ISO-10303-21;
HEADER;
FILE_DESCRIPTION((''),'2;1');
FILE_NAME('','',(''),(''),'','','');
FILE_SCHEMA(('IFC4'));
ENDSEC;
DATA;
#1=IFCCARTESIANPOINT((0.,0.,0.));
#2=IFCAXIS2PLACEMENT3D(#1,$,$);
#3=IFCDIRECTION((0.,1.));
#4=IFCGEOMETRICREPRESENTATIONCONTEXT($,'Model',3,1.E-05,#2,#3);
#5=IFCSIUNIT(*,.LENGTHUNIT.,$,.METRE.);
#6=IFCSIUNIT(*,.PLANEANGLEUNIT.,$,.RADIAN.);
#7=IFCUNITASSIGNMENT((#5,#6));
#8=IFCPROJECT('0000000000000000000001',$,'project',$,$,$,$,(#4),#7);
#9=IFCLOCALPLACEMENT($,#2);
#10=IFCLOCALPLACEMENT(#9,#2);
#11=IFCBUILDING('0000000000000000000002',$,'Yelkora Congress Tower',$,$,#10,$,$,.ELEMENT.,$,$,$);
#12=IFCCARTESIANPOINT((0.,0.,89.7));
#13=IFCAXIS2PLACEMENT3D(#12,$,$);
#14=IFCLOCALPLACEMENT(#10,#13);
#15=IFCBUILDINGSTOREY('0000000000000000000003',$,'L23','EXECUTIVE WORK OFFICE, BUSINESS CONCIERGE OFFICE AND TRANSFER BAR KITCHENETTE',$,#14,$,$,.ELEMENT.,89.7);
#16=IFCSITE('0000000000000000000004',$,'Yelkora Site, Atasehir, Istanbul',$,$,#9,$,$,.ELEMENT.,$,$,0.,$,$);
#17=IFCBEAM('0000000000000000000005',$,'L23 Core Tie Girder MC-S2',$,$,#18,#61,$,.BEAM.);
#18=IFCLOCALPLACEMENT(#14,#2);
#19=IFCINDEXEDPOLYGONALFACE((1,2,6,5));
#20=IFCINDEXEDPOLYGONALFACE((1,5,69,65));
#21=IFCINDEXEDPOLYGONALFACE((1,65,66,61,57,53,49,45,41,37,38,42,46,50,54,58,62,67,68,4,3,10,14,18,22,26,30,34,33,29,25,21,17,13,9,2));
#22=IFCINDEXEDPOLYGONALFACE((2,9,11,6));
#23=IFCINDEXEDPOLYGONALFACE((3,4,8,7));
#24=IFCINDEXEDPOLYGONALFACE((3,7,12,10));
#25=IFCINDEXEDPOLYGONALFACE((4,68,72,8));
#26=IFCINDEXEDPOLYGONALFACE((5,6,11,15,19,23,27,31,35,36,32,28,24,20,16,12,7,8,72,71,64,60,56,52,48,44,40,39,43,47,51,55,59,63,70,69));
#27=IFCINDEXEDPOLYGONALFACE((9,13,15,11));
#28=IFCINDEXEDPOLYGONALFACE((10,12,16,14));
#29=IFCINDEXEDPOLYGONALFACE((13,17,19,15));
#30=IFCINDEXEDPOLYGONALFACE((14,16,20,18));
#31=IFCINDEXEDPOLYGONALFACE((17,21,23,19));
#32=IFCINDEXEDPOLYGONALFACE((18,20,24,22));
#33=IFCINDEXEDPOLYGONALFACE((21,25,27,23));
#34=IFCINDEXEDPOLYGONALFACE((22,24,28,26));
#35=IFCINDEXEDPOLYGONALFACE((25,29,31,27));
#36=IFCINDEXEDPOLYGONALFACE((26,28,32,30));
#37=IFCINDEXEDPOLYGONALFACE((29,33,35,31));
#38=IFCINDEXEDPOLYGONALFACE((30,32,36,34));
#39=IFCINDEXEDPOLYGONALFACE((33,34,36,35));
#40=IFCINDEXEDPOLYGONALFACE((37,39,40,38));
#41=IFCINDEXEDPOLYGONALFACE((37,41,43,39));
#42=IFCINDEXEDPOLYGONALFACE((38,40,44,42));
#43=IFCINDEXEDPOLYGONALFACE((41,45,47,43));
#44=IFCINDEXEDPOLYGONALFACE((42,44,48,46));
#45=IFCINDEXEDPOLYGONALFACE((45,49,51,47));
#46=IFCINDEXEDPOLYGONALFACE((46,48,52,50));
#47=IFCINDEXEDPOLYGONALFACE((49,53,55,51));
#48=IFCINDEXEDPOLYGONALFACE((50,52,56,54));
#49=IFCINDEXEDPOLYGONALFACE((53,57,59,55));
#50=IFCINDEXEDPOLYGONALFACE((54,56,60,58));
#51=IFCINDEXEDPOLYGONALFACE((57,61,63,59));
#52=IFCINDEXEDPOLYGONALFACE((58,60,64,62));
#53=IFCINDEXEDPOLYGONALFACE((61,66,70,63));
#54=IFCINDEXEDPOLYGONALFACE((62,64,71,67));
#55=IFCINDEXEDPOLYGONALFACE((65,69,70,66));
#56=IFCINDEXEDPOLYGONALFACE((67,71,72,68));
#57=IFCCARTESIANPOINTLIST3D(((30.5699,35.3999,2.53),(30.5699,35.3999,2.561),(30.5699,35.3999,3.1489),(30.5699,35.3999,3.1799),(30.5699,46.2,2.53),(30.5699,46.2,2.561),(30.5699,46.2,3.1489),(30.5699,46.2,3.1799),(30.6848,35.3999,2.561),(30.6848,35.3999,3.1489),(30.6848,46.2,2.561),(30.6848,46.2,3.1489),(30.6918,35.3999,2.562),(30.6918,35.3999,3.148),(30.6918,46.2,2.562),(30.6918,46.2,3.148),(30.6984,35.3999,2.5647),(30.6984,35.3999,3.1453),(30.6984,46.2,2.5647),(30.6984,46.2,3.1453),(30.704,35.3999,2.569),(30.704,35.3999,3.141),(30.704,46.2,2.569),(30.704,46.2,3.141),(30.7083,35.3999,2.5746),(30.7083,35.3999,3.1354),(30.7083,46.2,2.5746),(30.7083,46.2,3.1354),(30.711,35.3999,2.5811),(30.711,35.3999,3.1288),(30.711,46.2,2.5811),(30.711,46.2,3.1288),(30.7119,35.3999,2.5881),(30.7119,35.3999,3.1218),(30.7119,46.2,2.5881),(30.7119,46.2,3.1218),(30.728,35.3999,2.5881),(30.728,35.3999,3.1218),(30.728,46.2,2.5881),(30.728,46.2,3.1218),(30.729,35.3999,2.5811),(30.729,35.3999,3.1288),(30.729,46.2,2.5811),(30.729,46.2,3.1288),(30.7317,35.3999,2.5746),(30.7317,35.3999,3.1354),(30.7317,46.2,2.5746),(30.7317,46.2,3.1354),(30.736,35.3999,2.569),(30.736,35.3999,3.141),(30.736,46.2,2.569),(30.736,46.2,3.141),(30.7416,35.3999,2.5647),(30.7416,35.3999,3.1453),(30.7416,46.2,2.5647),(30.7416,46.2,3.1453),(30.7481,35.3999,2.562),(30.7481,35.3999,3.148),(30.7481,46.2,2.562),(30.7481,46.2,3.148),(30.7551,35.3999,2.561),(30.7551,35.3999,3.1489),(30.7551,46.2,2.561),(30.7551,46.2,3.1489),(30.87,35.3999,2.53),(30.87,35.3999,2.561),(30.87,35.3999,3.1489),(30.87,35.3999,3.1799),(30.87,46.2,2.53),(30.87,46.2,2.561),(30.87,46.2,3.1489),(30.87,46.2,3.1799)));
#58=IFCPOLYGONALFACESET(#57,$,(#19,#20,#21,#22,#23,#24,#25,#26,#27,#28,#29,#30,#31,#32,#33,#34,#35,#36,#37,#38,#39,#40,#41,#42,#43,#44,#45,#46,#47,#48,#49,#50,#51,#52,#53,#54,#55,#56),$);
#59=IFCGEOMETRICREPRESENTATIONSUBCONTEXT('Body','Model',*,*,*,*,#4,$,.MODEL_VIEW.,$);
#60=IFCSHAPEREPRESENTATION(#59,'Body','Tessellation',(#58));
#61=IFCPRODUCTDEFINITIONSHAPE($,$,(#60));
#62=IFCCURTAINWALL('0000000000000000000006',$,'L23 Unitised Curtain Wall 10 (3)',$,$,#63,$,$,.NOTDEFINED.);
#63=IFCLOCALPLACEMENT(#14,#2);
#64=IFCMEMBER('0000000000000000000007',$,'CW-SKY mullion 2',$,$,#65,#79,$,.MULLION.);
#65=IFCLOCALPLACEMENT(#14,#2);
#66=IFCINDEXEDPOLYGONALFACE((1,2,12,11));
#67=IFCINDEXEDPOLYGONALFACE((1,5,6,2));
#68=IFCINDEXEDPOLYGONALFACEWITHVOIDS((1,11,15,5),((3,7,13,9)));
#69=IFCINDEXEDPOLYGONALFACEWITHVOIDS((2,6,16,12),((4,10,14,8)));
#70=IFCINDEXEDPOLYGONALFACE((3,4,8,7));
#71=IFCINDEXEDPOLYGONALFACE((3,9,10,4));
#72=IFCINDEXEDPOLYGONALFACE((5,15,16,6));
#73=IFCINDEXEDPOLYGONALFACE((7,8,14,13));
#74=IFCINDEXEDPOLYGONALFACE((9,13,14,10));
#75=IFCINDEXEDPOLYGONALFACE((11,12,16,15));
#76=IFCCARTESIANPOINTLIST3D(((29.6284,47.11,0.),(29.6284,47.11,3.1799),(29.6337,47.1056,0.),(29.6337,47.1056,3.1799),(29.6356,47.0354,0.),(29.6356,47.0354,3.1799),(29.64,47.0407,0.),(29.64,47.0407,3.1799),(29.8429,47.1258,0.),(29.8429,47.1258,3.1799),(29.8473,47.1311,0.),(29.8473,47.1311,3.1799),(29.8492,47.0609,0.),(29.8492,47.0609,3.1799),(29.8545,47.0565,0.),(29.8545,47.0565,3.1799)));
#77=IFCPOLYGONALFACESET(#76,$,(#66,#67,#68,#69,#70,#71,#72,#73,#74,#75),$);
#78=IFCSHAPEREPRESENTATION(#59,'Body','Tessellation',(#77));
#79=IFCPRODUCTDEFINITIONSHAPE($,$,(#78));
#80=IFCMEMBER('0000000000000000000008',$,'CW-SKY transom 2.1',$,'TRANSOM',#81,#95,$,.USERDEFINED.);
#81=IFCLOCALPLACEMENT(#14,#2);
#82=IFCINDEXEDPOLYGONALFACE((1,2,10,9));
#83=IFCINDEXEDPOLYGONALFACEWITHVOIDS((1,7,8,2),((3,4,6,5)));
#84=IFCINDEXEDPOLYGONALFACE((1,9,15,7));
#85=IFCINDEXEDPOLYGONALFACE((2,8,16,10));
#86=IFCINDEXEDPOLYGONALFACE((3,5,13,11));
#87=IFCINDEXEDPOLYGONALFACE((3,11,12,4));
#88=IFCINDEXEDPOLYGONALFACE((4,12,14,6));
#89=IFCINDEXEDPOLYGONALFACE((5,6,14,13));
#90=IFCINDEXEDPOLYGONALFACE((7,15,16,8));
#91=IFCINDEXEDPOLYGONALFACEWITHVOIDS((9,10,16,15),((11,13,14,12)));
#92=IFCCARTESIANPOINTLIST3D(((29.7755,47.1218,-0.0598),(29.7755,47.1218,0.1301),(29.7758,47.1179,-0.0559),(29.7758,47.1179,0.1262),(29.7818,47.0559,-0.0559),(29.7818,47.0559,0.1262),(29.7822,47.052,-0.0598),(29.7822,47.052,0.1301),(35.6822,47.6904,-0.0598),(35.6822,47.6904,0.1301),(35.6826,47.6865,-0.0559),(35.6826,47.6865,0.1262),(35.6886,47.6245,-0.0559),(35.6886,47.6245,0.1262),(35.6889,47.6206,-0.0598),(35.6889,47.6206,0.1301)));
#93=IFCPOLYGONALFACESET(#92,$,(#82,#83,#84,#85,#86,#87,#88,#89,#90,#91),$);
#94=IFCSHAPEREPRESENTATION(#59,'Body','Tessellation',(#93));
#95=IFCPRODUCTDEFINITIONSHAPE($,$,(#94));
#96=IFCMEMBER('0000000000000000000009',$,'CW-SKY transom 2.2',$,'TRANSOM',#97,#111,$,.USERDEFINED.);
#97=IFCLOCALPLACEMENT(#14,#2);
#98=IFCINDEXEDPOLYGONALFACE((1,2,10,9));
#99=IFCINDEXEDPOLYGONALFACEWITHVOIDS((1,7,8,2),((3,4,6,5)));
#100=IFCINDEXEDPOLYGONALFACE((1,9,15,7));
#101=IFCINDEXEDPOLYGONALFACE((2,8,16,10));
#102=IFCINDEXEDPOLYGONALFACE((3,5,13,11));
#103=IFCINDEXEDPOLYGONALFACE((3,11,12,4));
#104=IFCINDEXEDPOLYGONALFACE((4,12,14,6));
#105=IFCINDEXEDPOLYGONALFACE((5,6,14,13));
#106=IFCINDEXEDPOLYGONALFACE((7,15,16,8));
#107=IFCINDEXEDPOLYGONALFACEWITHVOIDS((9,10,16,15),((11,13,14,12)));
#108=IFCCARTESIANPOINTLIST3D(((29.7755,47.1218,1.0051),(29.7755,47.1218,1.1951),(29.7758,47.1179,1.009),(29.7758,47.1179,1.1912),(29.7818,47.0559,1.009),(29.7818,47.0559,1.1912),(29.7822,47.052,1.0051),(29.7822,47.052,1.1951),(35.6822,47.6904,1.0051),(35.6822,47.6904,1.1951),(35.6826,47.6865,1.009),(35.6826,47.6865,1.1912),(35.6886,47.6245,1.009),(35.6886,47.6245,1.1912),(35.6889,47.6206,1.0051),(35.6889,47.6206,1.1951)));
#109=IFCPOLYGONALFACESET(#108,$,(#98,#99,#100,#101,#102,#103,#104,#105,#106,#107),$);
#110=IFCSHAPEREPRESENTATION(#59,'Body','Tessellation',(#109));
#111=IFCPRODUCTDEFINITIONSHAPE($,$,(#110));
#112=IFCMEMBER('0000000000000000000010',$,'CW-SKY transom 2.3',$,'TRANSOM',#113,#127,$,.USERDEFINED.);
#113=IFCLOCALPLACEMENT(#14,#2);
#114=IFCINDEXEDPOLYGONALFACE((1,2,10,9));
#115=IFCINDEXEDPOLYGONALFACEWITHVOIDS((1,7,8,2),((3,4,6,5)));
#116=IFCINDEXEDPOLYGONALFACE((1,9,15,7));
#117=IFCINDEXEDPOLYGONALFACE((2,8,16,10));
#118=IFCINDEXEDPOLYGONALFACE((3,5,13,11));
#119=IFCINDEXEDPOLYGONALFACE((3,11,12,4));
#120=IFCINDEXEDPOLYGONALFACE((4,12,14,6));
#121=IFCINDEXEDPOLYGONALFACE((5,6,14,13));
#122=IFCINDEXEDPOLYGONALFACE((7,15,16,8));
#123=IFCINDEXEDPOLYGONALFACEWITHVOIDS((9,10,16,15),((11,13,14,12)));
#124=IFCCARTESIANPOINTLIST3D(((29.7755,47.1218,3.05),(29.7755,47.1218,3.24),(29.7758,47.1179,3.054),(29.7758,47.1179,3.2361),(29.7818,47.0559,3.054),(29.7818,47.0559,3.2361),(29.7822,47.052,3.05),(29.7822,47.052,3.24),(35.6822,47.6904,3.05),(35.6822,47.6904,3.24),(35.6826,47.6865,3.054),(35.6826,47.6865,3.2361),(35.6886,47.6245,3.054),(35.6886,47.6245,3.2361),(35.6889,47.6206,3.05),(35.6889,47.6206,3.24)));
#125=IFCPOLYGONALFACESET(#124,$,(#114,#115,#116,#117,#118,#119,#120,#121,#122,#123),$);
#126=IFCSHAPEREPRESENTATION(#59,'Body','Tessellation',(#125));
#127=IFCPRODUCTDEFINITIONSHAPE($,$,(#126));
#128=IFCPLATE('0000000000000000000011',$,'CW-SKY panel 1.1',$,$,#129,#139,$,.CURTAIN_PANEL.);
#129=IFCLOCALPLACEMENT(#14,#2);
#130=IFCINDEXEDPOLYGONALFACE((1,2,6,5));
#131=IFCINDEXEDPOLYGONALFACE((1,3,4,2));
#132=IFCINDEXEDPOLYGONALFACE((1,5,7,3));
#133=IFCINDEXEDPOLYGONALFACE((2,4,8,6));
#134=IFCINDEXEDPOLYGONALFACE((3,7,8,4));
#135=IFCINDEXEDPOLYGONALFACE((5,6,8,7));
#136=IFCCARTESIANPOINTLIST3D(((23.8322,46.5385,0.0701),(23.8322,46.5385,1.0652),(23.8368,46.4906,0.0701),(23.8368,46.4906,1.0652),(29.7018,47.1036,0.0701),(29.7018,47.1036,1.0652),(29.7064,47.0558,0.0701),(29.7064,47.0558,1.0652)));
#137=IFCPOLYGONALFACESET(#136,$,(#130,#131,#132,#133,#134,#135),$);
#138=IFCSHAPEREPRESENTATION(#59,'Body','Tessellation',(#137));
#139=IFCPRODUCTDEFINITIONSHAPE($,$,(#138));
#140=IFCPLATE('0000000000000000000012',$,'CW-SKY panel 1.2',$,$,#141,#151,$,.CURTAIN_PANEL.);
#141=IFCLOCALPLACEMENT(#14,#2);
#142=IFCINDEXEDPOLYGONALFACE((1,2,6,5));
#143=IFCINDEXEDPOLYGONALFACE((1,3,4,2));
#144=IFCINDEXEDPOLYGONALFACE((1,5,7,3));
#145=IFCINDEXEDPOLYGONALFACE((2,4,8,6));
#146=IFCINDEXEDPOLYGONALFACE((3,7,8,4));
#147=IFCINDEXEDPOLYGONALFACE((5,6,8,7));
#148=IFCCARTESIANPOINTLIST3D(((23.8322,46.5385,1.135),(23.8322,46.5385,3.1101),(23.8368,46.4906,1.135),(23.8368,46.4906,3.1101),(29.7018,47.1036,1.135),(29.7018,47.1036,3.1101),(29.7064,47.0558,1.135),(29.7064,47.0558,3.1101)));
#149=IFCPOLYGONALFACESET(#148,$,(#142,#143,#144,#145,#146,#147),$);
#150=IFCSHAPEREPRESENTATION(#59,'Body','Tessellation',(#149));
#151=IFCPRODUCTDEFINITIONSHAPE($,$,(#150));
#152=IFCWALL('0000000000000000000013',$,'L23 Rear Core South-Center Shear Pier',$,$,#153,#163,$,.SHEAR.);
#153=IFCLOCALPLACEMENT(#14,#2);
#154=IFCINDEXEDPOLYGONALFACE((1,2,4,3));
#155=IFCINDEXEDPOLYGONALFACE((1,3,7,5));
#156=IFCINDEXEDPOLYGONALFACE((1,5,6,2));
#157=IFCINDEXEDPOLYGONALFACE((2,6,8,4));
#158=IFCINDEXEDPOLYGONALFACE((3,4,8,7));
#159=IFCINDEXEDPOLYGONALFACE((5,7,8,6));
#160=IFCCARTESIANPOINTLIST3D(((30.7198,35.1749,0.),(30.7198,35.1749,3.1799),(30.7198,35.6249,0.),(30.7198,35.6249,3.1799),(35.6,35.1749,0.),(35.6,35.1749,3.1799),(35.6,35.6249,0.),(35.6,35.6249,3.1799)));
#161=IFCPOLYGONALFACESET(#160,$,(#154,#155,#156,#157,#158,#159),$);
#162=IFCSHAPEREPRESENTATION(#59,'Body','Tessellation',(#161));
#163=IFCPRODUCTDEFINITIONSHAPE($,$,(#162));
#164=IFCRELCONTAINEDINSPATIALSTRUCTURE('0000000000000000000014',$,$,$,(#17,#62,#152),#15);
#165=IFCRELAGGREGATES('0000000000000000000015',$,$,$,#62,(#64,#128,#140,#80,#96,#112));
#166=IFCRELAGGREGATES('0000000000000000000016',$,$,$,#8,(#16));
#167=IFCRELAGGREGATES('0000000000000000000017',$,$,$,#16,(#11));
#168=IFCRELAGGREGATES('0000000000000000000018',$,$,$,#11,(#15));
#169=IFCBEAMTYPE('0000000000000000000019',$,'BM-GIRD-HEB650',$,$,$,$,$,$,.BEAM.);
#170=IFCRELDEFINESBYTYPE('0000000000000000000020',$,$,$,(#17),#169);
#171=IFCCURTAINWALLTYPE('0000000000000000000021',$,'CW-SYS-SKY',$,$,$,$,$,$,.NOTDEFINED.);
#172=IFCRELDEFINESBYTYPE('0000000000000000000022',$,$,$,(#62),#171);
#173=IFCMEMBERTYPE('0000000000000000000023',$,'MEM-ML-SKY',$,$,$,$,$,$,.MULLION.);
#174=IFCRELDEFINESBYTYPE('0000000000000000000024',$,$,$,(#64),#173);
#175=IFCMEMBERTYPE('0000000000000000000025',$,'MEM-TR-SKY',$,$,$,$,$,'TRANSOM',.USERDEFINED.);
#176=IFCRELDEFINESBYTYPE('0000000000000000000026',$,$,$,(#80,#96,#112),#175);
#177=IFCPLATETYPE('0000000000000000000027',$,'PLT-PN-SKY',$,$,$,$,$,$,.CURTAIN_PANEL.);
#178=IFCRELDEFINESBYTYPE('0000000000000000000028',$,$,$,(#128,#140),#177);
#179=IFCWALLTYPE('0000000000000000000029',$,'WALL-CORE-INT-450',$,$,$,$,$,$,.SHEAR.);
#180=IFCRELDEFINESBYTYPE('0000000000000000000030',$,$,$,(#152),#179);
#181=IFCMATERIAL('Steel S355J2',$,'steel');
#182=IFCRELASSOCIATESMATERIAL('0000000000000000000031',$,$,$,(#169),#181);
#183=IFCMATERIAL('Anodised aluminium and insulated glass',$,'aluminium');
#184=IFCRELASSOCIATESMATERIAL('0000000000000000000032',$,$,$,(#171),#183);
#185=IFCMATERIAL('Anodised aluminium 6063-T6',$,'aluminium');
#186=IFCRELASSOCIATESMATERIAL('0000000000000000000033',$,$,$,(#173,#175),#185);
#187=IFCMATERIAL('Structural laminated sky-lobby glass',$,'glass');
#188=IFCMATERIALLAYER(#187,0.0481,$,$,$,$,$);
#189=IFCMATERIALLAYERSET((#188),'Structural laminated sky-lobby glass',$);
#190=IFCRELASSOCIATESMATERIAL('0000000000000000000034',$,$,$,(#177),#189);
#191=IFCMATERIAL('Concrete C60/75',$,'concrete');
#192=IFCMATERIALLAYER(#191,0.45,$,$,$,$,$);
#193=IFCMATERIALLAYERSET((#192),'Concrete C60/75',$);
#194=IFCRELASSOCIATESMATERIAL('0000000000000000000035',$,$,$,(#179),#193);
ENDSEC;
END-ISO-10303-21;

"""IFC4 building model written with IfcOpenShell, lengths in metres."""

from ifc_helpers import new_model, si_unit, direction, frame, frame_2d, origin, origin_2d, place, context, subcontext, project, spatial, rectangle, hollow_rectangle, i_section, extrude, material, layer, layer_set, material_profile, profile_set, type_object, element, aggregate, save


model = new_model("IFC4")

# Units and contexts
model_context = context("Model", 3, precision=1e-05, world=origin(), true_north=direction((0.0, 1.0)))
body_context = subcontext(model_context, "Body", "Model", "MODEL_VIEW")
ifc_project = project(units=[si_unit("LENGTHUNIT", "METRE"), si_unit("PLANEANGLEUNIT", "RADIAN")], contexts=[model_context])

# Site, building, storey
site_placement = place(None, origin())
site = spatial("IfcSite", under=ifc_project, at=site_placement, Name="Yelkora Site, Atasehir, Istanbul", CompositionType="ELEMENT", RefElevation=0.0)
building_placement = place(site_placement, origin())
building = spatial("IfcBuilding", under=site, at=building_placement, Name="Yelkora Congress Tower", CompositionType="ELEMENT")
storey_placement = place(building_placement, frame((0.0, 0.0, 89.7)))
storey = spatial("IfcBuildingStorey", under=building, at=storey_placement, Name="L23", Description="EXECUTIVE WORK OFFICE, BUSINESS CONCIERGE OFFICE AND TRANSFER BAR KITCHENETTE", CompositionType="ELEMENT", Elevation=89.7)

# Beam
ifc_material_1 = material(Name="Steel S355J2", Category="steel")
ifc_material_profile_1 = material_profile(ifc_material_1, i_section(OverallWidth=0.3, OverallDepth=0.6499, WebThickness=0.0161, FlangeThickness=0.031, FilletRadius=0.0271, at=origin_2d()), Name="HEB 650")
ifc_profile_set_1 = profile_set([ifc_material_profile_1], Name="Steel S355J2")
beam_type = type_object("IfcBeamType", Name="BM-GIRD-HEB650", PredefinedType="BEAM", material=ifc_profile_set_1)
beam_placement = place(storey_placement, frame((30.72, 35.3999, 2.855), z_axis=(0.0, 1.0, 0.0), x_axis=(-1.0, 0.0, 0.0)))
element("IfcBeam", 1, at=beam_placement, inside=storey, type_object=beam_type, Name="L23 Core Tie Girder MC-S2", PredefinedType="BEAM", context=body_context, shape_type="SweptSolid", body=[
    extrude(i_section(OverallWidth=0.3, OverallDepth=0.6499, WebThickness=0.0161, FlangeThickness=0.031, FilletRadius=0.0271, at=origin_2d()), origin(), (0.0, 0.0, 1.0), 10.8),
])

# Curtain wall, members, plates
ifc_material_2 = material(Name="Anodised aluminium and insulated glass", Category="aluminium")
curtain_wall_type = type_object("IfcCurtainWallType", Name="CW-SYS-SKY", PredefinedType="NOTDEFINED", material=ifc_material_2)
curtain_wall_placement = place(storey_placement, origin())
curtain_wall = element("IfcCurtainWall", 2, at=curtain_wall_placement, inside=storey, type_object=curtain_wall_type, Name="L23 Unitised Curtain Wall 10 (3)", PredefinedType="NOTDEFINED")
ifc_material_3 = material(Name="Anodised aluminium 6063-T6", Category="aluminium")
ifc_material_profile_2 = material_profile(ifc_material_3, hollow_rectangle(XDim=0.075, YDim=0.22, WallThickness=0.0049, at=origin_2d()), Name="ALU 75x220x5")
ifc_profile_set_2 = profile_set([ifc_material_profile_2], Name="Anodised aluminium 6063-T6")
member_type_1 = type_object("IfcMemberType", Name="MEM-ML-SKY", PredefinedType="MULLION", material=ifc_profile_set_2)
member_1_placement = place(storey_placement, frame((29.7415, 47.0833, 0.0), z_axis=(0.0, 0.0, 1.0), x_axis=(-0.095845, 0.995396, 0.0)))
member_1 = element("IfcMember", 3, at=member_1_placement, type_object=member_type_1, Name="CW-SKY mullion 2", PredefinedType="MULLION", context=body_context, shape_type="SweptSolid", body=[
    extrude(hollow_rectangle(XDim=0.075, YDim=0.22, WallThickness=0.0049, at=origin_2d()), origin(), (0.0, 0.0, 1.0), 3.1799),
])
ifc_material_profile_3 = material_profile(ifc_material_3, hollow_rectangle(XDim=0.0701, YDim=0.1899, WallThickness=0.0039, at=origin_2d()), Name="ALU 70x190x4")
ifc_profile_set_3 = profile_set([ifc_material_profile_3], Name="Anodised aluminium 6063-T6")
member_type_2 = type_object("IfcMemberType", Name="MEM-TR-SKY", ElementType="TRANSOM", PredefinedType="USERDEFINED", material=ifc_profile_set_3)
member_2_placement = place(storey_placement, frame((29.7788, 47.0869, 0.0352), z_axis=(0.995399, 0.095821, 0.0), x_axis=(-0.095821, 0.995399, 0.0)))
member_2 = element("IfcMember", 4, at=member_2_placement, type_object=member_type_2, Name="CW-SKY transom 2.1", ObjectType="TRANSOM", PredefinedType="USERDEFINED", context=body_context, shape_type="SweptSolid", body=[
    extrude(hollow_rectangle(XDim=0.0701, YDim=0.1899, WallThickness=0.0039, at=origin_2d()), origin(), (0.0, 0.0, 1.0), 5.9341),
])
member_3_placement = place(storey_placement, frame((29.7788, 47.0869, 1.1001), z_axis=(0.995399, 0.095821, 0.0), x_axis=(-0.095821, 0.995399, 0.0)))
member_3 = element("IfcMember", 5, at=member_3_placement, type_object=member_type_2, Name="CW-SKY transom 2.2", ObjectType="TRANSOM", PredefinedType="USERDEFINED", context=body_context, shape_type="SweptSolid", body=[
    extrude(hollow_rectangle(XDim=0.0701, YDim=0.1899, WallThickness=0.0039, at=origin_2d()), origin(), (0.0, 0.0, 1.0), 5.9341),
])
member_4_placement = place(storey_placement, frame((29.7788, 47.0869, 3.145), z_axis=(0.995399, 0.095821, 0.0), x_axis=(-0.095821, 0.995399, 0.0)))
member_4 = element("IfcMember", 6, at=member_4_placement, type_object=member_type_2, Name="CW-SKY transom 2.3", ObjectType="TRANSOM", PredefinedType="USERDEFINED", context=body_context, shape_type="SweptSolid", body=[
    extrude(hollow_rectangle(XDim=0.0701, YDim=0.1899, WallThickness=0.0039, at=origin_2d()), origin(), (0.0, 0.0, 1.0), 5.9341),
])
ifc_material_4 = material(Name="Structural laminated sky-lobby glass", Category="glass")
ifc_layer_1 = layer(ifc_material_4, 0.0481)
ifc_layer_set_1 = layer_set([ifc_layer_1], Name="Structural laminated sky-lobby glass")
plate_type = type_object("IfcPlateType", Name="PLT-PN-SKY", PredefinedType="CURTAIN_PANEL", material=ifc_layer_set_1)
plate_1_placement = place(storey_placement, frame((26.7693, 46.7971, 0.0701), z_axis=(0.0, 0.0, 1.0), x_axis=(0.995396, 0.095845, 0.0)))
plate_1 = element("IfcPlate", 7, at=plate_1_placement, type_object=plate_type, Name="CW-SKY panel 1.1", PredefinedType="CURTAIN_PANEL", context=body_context, shape_type="SweptSolid", body=[
    extrude(rectangle(XDim=5.8967, YDim=0.0481, at=origin_2d()), origin(), (0.0, 0.0, 1.0), 0.9951),
])
plate_2_placement = place(storey_placement, frame((26.7693, 46.7971, 1.135), z_axis=(0.0, 0.0, 1.0), x_axis=(0.995396, 0.095845, 0.0)))
plate_2 = element("IfcPlate", 8, at=plate_2_placement, type_object=plate_type, Name="CW-SKY panel 1.2", PredefinedType="CURTAIN_PANEL", context=body_context, shape_type="SweptSolid", body=[
    extrude(rectangle(XDim=5.8967, YDim=0.0481, at=origin_2d()), origin(), (0.0, 0.0, 1.0), 1.9751),
])
aggregate(curtain_wall, [member_1, plate_1, plate_2, member_2, member_3, member_4])

# Wall
ifc_material_5 = material(Name="Concrete C60/75", Category="concrete")
ifc_layer_2 = layer(ifc_material_5, 0.45)
ifc_layer_set_2 = layer_set([ifc_layer_2], Name="Concrete C60/75")
wall_type_1 = type_object("IfcWallType", Name="WALL-CORE-INT-450", PredefinedType="SHEAR", material=ifc_layer_set_2)
wall_1_placement = place(storey_placement, frame((30.72, 35.3999, 0.0), z_axis=(0.0, 0.0, 1.0), x_axis=(1.0, 0.0, 0.0)))
element("IfcWall", 9, at=wall_1_placement, inside=storey, type_object=wall_type_1, Name="L23 Rear Core South-Center Shear Pier", PredefinedType="SHEAR", context=body_context, shape_type="SweptSolid", body=[
    extrude(rectangle(XDim=4.8801, YDim=0.45, at=frame_2d((2.4399, 0.0))), origin(), (0.0, 0.0, 1.0), 3.1799),
])

save(model, "model.ifc")
